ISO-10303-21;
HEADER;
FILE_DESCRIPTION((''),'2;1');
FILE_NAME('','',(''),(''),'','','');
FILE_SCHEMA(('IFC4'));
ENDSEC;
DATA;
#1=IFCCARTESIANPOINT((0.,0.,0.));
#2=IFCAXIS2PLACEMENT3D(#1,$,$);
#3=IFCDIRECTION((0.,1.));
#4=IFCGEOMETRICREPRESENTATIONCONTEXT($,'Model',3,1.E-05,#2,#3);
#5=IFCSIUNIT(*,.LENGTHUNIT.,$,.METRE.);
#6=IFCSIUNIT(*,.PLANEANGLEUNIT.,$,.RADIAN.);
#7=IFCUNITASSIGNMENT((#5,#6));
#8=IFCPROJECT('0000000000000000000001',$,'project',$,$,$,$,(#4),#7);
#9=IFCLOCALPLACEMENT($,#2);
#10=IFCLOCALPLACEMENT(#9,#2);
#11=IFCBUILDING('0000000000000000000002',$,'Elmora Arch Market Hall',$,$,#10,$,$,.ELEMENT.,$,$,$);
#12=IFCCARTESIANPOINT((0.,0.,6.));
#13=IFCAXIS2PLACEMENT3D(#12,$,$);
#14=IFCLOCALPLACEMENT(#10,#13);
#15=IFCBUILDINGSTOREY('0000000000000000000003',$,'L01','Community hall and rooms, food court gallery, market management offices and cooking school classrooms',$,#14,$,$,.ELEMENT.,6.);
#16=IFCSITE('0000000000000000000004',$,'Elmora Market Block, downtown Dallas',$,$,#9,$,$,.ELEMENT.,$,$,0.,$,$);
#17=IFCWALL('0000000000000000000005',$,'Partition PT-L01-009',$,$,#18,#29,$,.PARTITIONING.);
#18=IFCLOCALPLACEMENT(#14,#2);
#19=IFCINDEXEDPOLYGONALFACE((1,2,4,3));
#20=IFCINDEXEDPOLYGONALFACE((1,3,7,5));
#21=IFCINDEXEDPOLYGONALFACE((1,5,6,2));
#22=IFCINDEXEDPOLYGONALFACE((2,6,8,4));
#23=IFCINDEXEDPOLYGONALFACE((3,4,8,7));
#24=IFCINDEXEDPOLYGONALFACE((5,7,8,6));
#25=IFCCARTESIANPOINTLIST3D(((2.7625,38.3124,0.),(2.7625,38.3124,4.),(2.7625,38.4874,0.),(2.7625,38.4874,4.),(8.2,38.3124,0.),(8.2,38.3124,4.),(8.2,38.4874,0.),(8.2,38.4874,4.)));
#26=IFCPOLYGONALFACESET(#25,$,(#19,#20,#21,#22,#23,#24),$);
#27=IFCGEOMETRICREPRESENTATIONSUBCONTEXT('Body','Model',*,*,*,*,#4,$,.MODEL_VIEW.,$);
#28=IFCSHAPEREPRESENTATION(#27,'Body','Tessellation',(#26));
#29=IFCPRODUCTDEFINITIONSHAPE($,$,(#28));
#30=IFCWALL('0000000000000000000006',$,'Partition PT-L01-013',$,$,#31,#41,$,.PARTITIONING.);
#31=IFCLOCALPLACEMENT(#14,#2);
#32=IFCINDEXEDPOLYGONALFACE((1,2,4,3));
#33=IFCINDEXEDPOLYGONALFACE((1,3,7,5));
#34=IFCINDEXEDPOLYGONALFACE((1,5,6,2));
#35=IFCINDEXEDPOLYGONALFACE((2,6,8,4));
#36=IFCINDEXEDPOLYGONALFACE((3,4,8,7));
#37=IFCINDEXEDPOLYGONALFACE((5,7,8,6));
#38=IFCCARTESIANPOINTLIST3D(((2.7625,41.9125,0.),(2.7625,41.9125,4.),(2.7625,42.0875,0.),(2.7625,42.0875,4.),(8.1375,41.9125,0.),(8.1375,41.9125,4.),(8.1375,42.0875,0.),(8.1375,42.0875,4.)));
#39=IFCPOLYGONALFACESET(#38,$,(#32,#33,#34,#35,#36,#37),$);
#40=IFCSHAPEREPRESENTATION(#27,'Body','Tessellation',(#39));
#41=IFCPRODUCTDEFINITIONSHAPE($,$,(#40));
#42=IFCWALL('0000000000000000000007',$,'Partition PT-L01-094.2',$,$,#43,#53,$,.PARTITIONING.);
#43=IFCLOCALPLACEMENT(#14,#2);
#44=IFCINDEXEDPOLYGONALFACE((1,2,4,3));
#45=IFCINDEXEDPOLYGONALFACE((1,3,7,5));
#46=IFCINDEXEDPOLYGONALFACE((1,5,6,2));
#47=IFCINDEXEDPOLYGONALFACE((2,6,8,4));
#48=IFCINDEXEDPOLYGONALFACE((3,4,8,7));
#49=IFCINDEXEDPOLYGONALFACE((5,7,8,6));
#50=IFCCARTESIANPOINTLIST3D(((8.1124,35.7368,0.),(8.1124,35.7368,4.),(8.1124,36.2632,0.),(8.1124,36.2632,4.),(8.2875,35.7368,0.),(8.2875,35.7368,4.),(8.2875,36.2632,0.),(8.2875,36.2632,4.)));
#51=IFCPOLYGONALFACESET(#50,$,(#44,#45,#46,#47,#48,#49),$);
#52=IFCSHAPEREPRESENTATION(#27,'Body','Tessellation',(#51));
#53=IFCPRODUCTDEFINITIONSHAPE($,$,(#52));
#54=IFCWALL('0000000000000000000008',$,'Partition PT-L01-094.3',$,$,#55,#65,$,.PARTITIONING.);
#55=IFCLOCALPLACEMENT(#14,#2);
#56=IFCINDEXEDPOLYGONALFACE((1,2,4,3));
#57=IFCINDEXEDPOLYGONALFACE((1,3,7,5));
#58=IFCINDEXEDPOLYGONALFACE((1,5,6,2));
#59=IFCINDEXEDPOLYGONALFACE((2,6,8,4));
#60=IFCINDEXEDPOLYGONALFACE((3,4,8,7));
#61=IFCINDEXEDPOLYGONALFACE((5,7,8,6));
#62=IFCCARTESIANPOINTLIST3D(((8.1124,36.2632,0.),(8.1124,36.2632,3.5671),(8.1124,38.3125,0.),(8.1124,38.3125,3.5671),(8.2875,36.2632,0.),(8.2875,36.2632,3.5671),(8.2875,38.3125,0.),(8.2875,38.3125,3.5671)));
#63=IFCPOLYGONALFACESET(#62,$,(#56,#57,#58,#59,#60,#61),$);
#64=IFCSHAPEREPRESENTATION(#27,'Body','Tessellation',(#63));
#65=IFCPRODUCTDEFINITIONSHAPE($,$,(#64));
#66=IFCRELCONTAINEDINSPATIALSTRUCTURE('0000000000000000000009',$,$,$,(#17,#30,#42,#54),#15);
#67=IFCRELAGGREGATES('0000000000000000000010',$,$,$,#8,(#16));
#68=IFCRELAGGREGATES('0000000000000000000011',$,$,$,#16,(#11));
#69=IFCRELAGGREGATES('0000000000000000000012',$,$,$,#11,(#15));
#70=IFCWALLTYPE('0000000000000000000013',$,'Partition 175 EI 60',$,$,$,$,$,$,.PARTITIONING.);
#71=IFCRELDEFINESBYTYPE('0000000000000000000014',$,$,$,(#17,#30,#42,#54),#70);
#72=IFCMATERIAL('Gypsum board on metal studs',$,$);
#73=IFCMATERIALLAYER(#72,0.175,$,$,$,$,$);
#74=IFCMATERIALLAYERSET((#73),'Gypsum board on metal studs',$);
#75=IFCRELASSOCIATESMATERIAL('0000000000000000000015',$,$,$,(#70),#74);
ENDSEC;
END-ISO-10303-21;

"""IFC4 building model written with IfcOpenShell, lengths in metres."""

from ifc_helpers import new_model, si_unit, direction, frame, frame_2d, origin, place, context, subcontext, project, spatial, rectangle, extrude, material, layer, layer_set, type_object, element, save


model = new_model("IFC4")

# Units and contexts
model_context = context("Model", 3, precision=1e-05, world=origin(), true_north=direction((0.0, 1.0)))
body_context = subcontext(model_context, "Body", "Model", "MODEL_VIEW")
ifc_project = project(units=[si_unit("LENGTHUNIT", "METRE"), si_unit("PLANEANGLEUNIT", "RADIAN")], contexts=[model_context])

# Site, building, storey
site_placement = place(None, origin())
site = spatial("IfcSite", under=ifc_project, at=site_placement, Name="Elmora Market Block, downtown Dallas", CompositionType="ELEMENT", RefElevation=0.0)
building_placement = place(site_placement, origin())
building = spatial("IfcBuilding", under=site, at=building_placement, Name="Elmora Arch Market Hall", CompositionType="ELEMENT")
storey_placement = place(building_placement, frame((0.0, 0.0, 6.0)))
storey = spatial("IfcBuildingStorey", under=building, at=storey_placement, Name="L01", Description="Community hall and rooms, food court gallery, market management offices and cooking school classrooms", CompositionType="ELEMENT", Elevation=6.0)

# Walls
ifc_material_1 = material(Name="Gypsum board on metal studs")
ifc_layer_1 = layer(ifc_material_1, 0.175)
ifc_layer_set_1 = layer_set([ifc_layer_1], Name="Gypsum board on metal studs")
wall_type_1 = type_object("IfcWallType", Name="Partition 175 EI 60", PredefinedType="PARTITIONING", material=ifc_layer_set_1)
wall_1_placement = place(storey_placement, frame((2.7625, 38.3999, 0.0), z_axis=(0.0, 0.0, 1.0), x_axis=(1.0, 0.0, 0.0)))
element("IfcWall", 1, at=wall_1_placement, inside=storey, type_object=wall_type_1, Name="Partition PT-L01-009", PredefinedType="PARTITIONING", context=body_context, shape_type="SweptSolid", body=[
    extrude(rectangle(XDim=5.4375, YDim=0.175, at=frame_2d((2.7188, 0.0))), origin(), (0.0, 0.0, 1.0), 4.0),
])
wall_2_placement = place(storey_placement, frame((2.7625, 42.0, 0.0), z_axis=(0.0, 0.0, 1.0), x_axis=(1.0, 0.0, 0.0)))
element("IfcWall", 2, at=wall_2_placement, inside=storey, type_object=wall_type_1, Name="Partition PT-L01-013", PredefinedType="PARTITIONING", context=body_context, shape_type="SweptSolid", body=[
    extrude(rectangle(XDim=5.375, YDim=0.175, at=frame_2d((2.6875, 0.0))), origin(), (0.0, 0.0, 1.0), 4.0),
])
wall_3_placement = place(storey_placement, frame((8.2, 35.7368, 0.0), z_axis=(0.0, 0.0, 1.0), x_axis=(0.0, 1.0, 0.0)))
element("IfcWall", 3, at=wall_3_placement, inside=storey, type_object=wall_type_1, Name="Partition PT-L01-094.2", PredefinedType="PARTITIONING", context=body_context, shape_type="SweptSolid", body=[
    extrude(rectangle(XDim=0.5264, YDim=0.175, at=frame_2d((0.2632, 0.0))), origin(), (0.0, 0.0, 1.0), 4.0),
])
wall_4_placement = place(storey_placement, frame((8.2, 36.2632, 0.0), z_axis=(0.0, 0.0, 1.0), x_axis=(0.0, 1.0, 0.0)))
element("IfcWall", 4, at=wall_4_placement, inside=storey, type_object=wall_type_1, Name="Partition PT-L01-094.3", PredefinedType="PARTITIONING", context=body_context, shape_type="SweptSolid", body=[
    extrude(rectangle(XDim=2.0493, YDim=0.175, at=frame_2d((1.0247, 0.0))), origin(), (0.0, 0.0, 1.0), 3.5671),
])

save(model, "model.ifc")
